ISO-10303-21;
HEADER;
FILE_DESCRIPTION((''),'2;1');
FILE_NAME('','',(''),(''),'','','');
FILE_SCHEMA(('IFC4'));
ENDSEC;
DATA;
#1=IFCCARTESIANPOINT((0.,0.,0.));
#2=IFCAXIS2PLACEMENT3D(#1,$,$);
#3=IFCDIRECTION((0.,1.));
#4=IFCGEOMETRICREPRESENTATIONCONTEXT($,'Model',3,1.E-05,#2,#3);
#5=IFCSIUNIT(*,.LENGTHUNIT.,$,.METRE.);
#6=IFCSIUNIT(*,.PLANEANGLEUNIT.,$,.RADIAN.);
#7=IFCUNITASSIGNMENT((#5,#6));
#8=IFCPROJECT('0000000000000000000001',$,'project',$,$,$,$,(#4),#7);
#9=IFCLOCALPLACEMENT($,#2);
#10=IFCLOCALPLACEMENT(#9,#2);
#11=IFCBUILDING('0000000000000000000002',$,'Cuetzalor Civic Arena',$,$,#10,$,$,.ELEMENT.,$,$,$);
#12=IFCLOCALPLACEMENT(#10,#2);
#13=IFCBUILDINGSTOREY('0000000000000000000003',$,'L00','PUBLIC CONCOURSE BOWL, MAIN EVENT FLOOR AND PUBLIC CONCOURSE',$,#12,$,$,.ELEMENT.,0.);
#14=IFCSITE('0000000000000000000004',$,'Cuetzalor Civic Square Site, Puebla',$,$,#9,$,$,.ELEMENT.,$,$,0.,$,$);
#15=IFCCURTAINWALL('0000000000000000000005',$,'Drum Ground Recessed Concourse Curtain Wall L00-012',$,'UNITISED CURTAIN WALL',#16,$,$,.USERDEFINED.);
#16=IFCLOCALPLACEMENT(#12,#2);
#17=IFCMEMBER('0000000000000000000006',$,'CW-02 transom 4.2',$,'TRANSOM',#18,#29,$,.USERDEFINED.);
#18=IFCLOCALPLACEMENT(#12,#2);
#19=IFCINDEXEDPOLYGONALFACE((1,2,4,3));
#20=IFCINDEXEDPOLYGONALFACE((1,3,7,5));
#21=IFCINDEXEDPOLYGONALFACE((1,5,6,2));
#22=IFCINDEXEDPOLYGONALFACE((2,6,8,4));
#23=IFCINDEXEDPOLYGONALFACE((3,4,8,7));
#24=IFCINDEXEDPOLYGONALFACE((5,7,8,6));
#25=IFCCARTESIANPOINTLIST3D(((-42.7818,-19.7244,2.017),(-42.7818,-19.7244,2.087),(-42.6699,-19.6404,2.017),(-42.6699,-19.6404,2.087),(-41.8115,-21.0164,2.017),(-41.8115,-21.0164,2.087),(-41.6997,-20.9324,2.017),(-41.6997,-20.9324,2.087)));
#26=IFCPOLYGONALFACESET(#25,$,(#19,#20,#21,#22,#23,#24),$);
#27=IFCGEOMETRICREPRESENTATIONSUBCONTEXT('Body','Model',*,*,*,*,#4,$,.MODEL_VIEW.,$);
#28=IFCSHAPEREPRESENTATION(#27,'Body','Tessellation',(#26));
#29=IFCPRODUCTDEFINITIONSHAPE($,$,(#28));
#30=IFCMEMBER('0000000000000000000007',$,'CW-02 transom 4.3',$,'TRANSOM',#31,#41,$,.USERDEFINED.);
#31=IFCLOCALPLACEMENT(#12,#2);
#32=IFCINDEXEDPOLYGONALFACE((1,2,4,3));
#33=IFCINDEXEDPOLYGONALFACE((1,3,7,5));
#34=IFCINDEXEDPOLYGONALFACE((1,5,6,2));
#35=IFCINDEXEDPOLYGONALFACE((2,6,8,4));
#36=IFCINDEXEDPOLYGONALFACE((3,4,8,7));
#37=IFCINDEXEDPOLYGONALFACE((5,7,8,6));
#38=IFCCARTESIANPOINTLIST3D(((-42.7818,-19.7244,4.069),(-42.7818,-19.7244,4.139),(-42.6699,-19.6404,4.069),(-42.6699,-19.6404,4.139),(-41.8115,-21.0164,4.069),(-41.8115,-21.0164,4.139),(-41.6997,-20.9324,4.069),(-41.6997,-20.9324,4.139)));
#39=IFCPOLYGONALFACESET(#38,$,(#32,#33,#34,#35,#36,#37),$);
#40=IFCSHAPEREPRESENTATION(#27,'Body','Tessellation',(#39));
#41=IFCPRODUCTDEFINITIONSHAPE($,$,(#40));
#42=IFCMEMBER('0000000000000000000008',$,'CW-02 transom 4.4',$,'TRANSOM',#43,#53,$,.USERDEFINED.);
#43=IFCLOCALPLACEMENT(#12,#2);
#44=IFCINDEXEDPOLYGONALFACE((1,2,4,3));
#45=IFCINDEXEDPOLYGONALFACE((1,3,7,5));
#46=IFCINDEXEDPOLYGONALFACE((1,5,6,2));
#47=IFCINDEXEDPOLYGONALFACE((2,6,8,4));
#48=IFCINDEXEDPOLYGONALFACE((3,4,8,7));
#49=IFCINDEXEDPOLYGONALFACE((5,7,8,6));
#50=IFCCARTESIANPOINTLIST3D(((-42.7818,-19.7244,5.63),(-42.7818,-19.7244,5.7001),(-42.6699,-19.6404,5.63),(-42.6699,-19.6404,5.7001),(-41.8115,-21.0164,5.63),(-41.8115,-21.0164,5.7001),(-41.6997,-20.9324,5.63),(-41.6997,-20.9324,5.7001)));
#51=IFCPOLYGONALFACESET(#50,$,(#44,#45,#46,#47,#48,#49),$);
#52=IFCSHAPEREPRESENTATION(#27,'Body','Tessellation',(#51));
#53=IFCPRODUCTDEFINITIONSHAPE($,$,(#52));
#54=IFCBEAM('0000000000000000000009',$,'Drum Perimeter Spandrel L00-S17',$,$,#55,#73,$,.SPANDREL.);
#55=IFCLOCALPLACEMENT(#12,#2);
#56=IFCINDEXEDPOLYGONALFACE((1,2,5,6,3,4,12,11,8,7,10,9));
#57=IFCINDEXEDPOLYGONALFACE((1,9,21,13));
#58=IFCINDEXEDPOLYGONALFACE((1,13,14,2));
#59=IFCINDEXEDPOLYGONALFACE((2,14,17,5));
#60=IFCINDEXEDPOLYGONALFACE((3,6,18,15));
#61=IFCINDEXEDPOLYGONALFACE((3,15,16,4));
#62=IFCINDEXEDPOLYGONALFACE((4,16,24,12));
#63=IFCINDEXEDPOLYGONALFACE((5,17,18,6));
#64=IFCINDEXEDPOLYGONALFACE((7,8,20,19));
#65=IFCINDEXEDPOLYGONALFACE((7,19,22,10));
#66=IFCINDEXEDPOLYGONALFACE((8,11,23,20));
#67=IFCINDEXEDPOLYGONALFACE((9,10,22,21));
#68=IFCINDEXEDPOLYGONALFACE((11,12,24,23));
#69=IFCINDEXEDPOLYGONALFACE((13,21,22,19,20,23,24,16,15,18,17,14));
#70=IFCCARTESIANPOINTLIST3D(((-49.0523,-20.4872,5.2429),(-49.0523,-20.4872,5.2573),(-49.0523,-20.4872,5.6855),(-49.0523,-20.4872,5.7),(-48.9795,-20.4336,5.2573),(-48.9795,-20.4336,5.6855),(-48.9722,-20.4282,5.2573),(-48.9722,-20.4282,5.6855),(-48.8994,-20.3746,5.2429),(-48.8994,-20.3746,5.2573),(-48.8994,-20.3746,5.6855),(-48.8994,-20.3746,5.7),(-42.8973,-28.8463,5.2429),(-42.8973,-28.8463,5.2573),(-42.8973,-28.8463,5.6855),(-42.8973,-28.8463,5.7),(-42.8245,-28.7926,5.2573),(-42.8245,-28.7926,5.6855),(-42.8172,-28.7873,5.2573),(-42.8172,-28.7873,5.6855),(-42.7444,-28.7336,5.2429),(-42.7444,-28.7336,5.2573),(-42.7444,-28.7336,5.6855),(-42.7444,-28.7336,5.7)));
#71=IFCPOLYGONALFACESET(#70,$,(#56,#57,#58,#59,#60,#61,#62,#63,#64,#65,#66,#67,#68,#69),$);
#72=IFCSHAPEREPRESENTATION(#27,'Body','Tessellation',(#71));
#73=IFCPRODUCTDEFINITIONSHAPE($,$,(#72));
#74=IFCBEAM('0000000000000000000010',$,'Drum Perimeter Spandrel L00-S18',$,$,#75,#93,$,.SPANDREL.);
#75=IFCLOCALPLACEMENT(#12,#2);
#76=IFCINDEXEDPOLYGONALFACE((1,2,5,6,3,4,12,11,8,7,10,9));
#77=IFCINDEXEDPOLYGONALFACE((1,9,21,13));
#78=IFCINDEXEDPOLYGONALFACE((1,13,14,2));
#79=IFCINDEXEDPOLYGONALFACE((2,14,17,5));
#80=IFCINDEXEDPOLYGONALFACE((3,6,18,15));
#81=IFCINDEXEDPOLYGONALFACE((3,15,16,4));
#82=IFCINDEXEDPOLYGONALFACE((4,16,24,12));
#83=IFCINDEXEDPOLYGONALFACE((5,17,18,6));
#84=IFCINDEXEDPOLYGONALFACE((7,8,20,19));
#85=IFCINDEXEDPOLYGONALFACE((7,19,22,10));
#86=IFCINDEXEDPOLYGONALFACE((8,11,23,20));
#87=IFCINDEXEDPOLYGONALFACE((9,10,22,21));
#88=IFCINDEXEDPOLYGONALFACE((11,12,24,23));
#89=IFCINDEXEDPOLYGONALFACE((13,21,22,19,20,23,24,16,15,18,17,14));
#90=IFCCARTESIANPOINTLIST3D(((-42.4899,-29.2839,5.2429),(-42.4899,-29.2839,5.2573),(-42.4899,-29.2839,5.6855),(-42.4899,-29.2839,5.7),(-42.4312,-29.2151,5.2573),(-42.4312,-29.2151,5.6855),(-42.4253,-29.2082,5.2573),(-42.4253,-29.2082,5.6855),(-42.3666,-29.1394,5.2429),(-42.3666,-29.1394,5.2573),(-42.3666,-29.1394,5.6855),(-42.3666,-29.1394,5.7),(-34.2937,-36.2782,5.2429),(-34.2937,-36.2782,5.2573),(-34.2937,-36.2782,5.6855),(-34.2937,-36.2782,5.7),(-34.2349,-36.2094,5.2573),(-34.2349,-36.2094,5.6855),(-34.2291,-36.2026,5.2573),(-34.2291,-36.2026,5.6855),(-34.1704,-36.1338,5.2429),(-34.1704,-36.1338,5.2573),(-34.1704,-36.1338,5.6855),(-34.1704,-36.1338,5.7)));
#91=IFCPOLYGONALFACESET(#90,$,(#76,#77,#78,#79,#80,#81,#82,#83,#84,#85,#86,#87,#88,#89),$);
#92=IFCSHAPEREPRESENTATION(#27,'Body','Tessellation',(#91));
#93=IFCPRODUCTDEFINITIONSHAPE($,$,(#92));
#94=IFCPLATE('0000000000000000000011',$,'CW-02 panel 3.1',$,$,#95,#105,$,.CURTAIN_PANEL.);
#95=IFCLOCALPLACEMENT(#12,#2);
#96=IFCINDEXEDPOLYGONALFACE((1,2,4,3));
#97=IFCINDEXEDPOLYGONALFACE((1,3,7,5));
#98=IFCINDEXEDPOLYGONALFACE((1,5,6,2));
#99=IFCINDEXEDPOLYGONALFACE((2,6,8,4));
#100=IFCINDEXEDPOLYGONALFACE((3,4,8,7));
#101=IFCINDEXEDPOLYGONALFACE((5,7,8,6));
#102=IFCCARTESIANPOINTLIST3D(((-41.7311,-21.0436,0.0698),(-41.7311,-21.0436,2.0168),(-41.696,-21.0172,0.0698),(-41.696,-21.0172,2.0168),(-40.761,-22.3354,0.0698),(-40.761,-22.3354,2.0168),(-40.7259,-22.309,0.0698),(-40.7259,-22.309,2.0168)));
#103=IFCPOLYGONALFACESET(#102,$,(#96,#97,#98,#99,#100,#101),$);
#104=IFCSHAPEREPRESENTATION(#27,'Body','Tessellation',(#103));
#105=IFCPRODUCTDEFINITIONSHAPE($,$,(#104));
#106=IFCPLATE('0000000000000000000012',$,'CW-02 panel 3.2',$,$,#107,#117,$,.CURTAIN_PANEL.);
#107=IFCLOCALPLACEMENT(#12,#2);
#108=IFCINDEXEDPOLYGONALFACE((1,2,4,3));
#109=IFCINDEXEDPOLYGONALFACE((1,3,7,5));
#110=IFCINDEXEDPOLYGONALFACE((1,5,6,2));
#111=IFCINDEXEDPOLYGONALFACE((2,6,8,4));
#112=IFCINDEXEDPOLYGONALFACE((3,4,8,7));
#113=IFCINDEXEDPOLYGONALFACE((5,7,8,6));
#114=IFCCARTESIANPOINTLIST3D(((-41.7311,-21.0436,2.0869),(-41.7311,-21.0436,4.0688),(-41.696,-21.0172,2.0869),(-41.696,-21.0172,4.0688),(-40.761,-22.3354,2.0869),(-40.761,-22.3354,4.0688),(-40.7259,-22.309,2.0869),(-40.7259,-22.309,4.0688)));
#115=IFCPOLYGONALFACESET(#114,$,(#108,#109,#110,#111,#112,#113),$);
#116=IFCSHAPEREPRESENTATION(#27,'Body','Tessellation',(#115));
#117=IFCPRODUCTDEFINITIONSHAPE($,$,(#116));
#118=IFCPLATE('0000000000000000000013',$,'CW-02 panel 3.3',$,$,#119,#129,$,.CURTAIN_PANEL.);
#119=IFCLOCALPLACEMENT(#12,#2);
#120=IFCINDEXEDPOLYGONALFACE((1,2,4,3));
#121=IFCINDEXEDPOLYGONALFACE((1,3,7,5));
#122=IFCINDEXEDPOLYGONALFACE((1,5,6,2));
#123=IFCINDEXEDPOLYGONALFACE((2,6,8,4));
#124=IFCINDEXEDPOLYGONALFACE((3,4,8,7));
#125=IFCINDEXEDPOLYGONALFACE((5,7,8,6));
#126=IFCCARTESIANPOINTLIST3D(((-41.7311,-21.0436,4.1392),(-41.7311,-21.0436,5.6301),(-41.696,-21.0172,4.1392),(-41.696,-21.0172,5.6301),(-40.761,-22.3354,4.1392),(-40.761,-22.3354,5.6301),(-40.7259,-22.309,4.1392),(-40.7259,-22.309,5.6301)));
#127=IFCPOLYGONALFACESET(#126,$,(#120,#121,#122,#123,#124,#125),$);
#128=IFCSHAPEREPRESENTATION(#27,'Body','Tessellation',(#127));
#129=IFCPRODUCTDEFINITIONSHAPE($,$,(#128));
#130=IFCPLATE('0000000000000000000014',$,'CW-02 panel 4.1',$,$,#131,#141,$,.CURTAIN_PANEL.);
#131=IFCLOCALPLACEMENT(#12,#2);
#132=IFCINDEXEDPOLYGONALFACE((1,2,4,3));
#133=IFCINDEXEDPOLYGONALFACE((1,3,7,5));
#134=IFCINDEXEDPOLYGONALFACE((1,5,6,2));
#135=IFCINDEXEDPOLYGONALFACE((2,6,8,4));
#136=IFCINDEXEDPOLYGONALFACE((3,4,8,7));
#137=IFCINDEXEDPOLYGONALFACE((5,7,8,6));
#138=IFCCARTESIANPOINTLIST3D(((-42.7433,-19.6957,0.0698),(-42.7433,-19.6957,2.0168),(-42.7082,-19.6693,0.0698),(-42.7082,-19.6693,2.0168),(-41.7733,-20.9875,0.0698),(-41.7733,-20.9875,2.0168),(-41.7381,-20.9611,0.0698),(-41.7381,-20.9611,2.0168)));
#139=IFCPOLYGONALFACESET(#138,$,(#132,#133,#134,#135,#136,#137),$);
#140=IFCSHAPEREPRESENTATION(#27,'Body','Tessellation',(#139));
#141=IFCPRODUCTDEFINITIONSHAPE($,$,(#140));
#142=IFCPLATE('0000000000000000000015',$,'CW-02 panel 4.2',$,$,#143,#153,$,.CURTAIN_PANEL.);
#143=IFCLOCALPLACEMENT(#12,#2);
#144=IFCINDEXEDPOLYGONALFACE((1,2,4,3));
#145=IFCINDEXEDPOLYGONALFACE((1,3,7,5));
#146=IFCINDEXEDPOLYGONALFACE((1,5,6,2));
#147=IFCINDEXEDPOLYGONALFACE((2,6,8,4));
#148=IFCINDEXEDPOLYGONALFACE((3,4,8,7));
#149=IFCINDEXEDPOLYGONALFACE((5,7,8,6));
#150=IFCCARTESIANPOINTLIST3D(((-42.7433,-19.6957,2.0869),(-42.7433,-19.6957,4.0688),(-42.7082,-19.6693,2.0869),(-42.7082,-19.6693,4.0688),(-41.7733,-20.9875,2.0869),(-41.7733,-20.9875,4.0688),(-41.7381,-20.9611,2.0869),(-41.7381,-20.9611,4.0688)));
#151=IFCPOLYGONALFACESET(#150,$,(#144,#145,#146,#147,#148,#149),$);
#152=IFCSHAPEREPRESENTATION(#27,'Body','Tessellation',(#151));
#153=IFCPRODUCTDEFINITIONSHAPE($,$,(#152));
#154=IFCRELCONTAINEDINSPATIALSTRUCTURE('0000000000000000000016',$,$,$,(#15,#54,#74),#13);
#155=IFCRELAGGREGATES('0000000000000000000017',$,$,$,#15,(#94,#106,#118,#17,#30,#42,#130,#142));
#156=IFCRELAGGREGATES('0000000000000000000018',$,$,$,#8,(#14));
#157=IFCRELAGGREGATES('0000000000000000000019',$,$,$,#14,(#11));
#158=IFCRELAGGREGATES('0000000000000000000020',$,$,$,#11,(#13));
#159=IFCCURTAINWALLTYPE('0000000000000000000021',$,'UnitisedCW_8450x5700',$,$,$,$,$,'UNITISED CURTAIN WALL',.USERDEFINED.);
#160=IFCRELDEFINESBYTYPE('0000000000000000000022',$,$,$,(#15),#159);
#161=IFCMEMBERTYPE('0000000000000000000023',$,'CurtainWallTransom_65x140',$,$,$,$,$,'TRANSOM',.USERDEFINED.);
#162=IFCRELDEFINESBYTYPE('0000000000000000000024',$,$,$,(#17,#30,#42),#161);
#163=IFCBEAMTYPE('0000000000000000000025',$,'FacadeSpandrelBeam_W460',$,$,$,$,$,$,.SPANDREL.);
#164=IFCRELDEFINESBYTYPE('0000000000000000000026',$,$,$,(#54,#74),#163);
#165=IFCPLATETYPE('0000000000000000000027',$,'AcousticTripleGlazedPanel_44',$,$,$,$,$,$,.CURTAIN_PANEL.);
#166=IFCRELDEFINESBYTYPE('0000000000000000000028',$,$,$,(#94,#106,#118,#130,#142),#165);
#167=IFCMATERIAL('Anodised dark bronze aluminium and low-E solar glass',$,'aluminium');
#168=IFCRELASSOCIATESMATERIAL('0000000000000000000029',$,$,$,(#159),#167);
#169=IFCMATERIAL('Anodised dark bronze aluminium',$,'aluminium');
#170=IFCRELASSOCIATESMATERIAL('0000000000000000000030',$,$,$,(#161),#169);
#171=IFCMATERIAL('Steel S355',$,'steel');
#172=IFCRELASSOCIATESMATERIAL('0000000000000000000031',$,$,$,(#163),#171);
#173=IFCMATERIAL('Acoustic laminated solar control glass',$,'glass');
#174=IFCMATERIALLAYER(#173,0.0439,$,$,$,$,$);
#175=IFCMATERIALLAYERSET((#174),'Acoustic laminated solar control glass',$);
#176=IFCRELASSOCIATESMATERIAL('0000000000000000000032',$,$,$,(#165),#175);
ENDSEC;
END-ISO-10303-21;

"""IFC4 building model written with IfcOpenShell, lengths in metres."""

from ifc_helpers import new_model, si_unit, direction, frame, origin, origin_2d, place, context, subcontext, project, spatial, rectangle, i_section, extrude, material, layer, layer_set, material_profile, profile_set, type_object, element, aggregate, save


model = new_model("IFC4")

# Units and contexts
model_context = context("Model", 3, precision=1e-05, world=origin(), true_north=direction((0.0, 1.0)))
body_context = subcontext(model_context, "Body", "Model", "MODEL_VIEW")
ifc_project = project(units=[si_unit("LENGTHUNIT", "METRE"), si_unit("PLANEANGLEUNIT", "RADIAN")], contexts=[model_context])

# Site, building, storey
site_placement = place(None, origin())
site = spatial("IfcSite", under=ifc_project, at=site_placement, Name="Cuetzalor Civic Square Site, Puebla", CompositionType="ELEMENT", RefElevation=0.0)
building_placement = place(site_placement, origin())
building = spatial("IfcBuilding", under=site, at=building_placement, Name="Cuetzalor Civic Arena", CompositionType="ELEMENT")
storey_placement = place(building_placement, origin())
storey = spatial("IfcBuildingStorey", under=building, at=storey_placement, Name="L00", Description="PUBLIC CONCOURSE BOWL, MAIN EVENT FLOOR AND PUBLIC CONCOURSE", CompositionType="ELEMENT", Elevation=0.0)

# Curtain wall, members
ifc_material_1 = material(Name="Anodised dark bronze aluminium and low-E solar glass", Category="aluminium")
curtain_wall_type = type_object("IfcCurtainWallType", Name="UnitisedCW_8450x5700", ElementType="UNITISED CURTAIN WALL", PredefinedType="USERDEFINED", material=ifc_material_1)
curtain_wall_placement = place(storey_placement, origin())
curtain_wall = element("IfcCurtainWall", 1, at=curtain_wall_placement, inside=storey, type_object=curtain_wall_type, Name="Drum Ground Recessed Concourse Curtain Wall L00-012", ObjectType="UNITISED CURTAIN WALL", PredefinedType="USERDEFINED")
ifc_material_2 = material(Name="Anodised dark bronze aluminium", Category="aluminium")
ifc_material_profile_1 = material_profile(ifc_material_2, rectangle(XDim=0.1399, YDim=0.0701, at=origin_2d()), Name="ALU TRANSOM 70x140")
ifc_profile_set_1 = profile_set([ifc_material_profile_1], Name="Anodised dark bronze aluminium")
member_type_1 = type_object("IfcMemberType", Name="CurtainWallTransom_65x140", ElementType="TRANSOM", PredefinedType="USERDEFINED", material=ifc_profile_set_1)
member_1_placement = place(storey_placement, frame((-41.7556, -20.9744, 2.052), z_axis=(-0.600483, 0.799637, 0.0), x_axis=(-0.799637, -0.600483, 0.0)))
member_1 = element("IfcMember", 2, at=member_1_placement, type_object=member_type_1, Name="CW-02 transom 4.2", ObjectType="TRANSOM", PredefinedType="USERDEFINED", context=body_context, shape_type="SweptSolid", body=[
    extrude(rectangle(XDim=0.1399, YDim=0.0701, at=origin_2d()), origin(), (0.0, 0.0, 1.0), 1.6157),
])
member_2_placement = place(storey_placement, frame((-41.7556, -20.9744, 4.104), z_axis=(-0.600483, 0.799637, 0.0), x_axis=(-0.799637, -0.600483, 0.0)))
member_2 = element("IfcMember", 3, at=member_2_placement, type_object=member_type_1, Name="CW-02 transom 4.3", ObjectType="TRANSOM", PredefinedType="USERDEFINED", context=body_context, shape_type="SweptSolid", body=[
    extrude(rectangle(XDim=0.1399, YDim=0.0701, at=origin_2d()), origin(), (0.0, 0.0, 1.0), 1.6157),
])
member_3_placement = place(storey_placement, frame((-41.7556, -20.9744, 5.665), z_axis=(-0.600483, 0.799637, 0.0), x_axis=(-0.799637, -0.600483, 0.0)))
member_3 = element("IfcMember", 4, at=member_3_placement, type_object=member_type_1, Name="CW-02 transom 4.4", ObjectType="TRANSOM", PredefinedType="USERDEFINED", context=body_context, shape_type="SweptSolid", body=[
    extrude(rectangle(XDim=0.1399, YDim=0.0701, at=origin_2d()), origin(), (0.0, 0.0, 1.0), 1.6157),
])

# Beams
ifc_material_3 = material(Name="Steel S355", Category="steel")
ifc_material_profile_2 = material_profile(ifc_material_3, i_section(OverallWidth=0.1899, OverallDepth=0.457, WebThickness=0.009, FlangeThickness=0.0144, at=origin_2d()), Name="W460x74")
ifc_profile_set_2 = profile_set([ifc_material_profile_2], Name="Steel S355")
beam_type_1 = type_object("IfcBeamType", Name="FacadeSpandrelBeam_W460", PredefinedType="SPANDREL", material=ifc_profile_set_2)
beam_1_placement = place(storey_placement, frame((-48.9758, -20.4309, 5.4714), z_axis=(0.592929, -0.805255, 0.0), x_axis=(0.805255, 0.592929, 0.0)))
element("IfcBeam", 5, at=beam_1_placement, inside=storey, type_object=beam_type_1, Name="Drum Perimeter Spandrel L00-S17", PredefinedType="SPANDREL", context=body_context, shape_type="SweptSolid", body=[
    extrude(i_section(OverallWidth=0.1899, OverallDepth=0.457, WebThickness=0.009, FlangeThickness=0.0144, at=origin_2d()), origin(), (0.0, 0.0, 1.0), 10.3806),
])
beam_2_placement = place(storey_placement, frame((-42.4282, -29.2117, 5.4714), z_axis=(0.760677, -0.649131, 0.0), x_axis=(0.649131, 0.760677, 0.0)))
element("IfcBeam", 6, at=beam_2_placement, inside=storey, type_object=beam_type_1, Name="Drum Perimeter Spandrel L00-S18", PredefinedType="SPANDREL", context=body_context, shape_type="SweptSolid", body=[
    extrude(i_section(OverallWidth=0.1899, OverallDepth=0.457, WebThickness=0.009, FlangeThickness=0.0144, at=origin_2d()), origin(), (0.0, 0.0, 1.0), 10.7749),
])

# Plates
ifc_material_4 = material(Name="Acoustic laminated solar control glass", Category="glass")
ifc_layer = layer(ifc_material_4, 0.0439)
ifc_layer_set = layer_set([ifc_layer], Name="Acoustic laminated solar control glass")
plate_type = type_object("IfcPlateType", Name="AcousticTripleGlazedPanel_44", PredefinedType="CURTAIN_PANEL", material=ifc_layer_set)
plate_1_placement = place(storey_placement, frame((-41.2285, -21.6763, 0.0698), z_axis=(0.0, 0.0, 1.0), x_axis=(-0.600492, 0.799631, 0.0)))
plate_1 = element("IfcPlate", 7, at=plate_1_placement, type_object=plate_type, Name="CW-02 panel 3.1", PredefinedType="CURTAIN_PANEL", context=body_context, shape_type="SweptSolid", body=[
    extrude(rectangle(XDim=1.6155, YDim=0.0439, at=origin_2d()), origin(), (0.0, 0.0, 1.0), 1.947),
])
plate_2_placement = place(storey_placement, frame((-41.2285, -21.6763, 2.0869), z_axis=(0.0, 0.0, 1.0), x_axis=(-0.600492, 0.799631, 0.0)))
plate_2 = element("IfcPlate", 8, at=plate_2_placement, type_object=plate_type, Name="CW-02 panel 3.2", PredefinedType="CURTAIN_PANEL", context=body_context, shape_type="SweptSolid", body=[
    extrude(rectangle(XDim=1.6155, YDim=0.0439, at=origin_2d()), origin(), (0.0, 0.0, 1.0), 1.9819),
])
plate_3_placement = place(storey_placement, frame((-41.2285, -21.6763, 4.1392), z_axis=(0.0, 0.0, 1.0), x_axis=(-0.600492, 0.799631, 0.0)))
plate_3 = element("IfcPlate", 9, at=plate_3_placement, type_object=plate_type, Name="CW-02 panel 3.3", PredefinedType="CURTAIN_PANEL", context=body_context, shape_type="SweptSolid", body=[
    extrude(rectangle(XDim=1.6155, YDim=0.0439, at=origin_2d()), origin(), (0.0, 0.0, 1.0), 1.491),
])
plate_4_placement = place(storey_placement, frame((-42.2407, -20.3284, 0.0698), z_axis=(0.0, 0.0, 1.0), x_axis=(-0.600492, 0.799631, 0.0)))
plate_4 = element("IfcPlate", 10, at=plate_4_placement, type_object=plate_type, Name="CW-02 panel 4.1", PredefinedType="CURTAIN_PANEL", context=body_context, shape_type="SweptSolid", body=[
    extrude(rectangle(XDim=1.6155, YDim=0.0439, at=origin_2d()), origin(), (0.0, 0.0, 1.0), 1.947),
])
plate_5_placement = place(storey_placement, frame((-42.2407, -20.3284, 2.0869), z_axis=(0.0, 0.0, 1.0), x_axis=(-0.600492, 0.799631, 0.0)))
plate_5 = element("IfcPlate", 11, at=plate_5_placement, type_object=plate_type, Name="CW-02 panel 4.2", PredefinedType="CURTAIN_PANEL", context=body_context, shape_type="SweptSolid", body=[
    extrude(rectangle(XDim=1.6155, YDim=0.0439, at=origin_2d()), origin(), (0.0, 0.0, 1.0), 1.9819),
])
aggregate(curtain_wall, [plate_1, plate_2, plate_3, member_1, member_2, member_3, plate_4, plate_5])

save(model, "model.ifc")
